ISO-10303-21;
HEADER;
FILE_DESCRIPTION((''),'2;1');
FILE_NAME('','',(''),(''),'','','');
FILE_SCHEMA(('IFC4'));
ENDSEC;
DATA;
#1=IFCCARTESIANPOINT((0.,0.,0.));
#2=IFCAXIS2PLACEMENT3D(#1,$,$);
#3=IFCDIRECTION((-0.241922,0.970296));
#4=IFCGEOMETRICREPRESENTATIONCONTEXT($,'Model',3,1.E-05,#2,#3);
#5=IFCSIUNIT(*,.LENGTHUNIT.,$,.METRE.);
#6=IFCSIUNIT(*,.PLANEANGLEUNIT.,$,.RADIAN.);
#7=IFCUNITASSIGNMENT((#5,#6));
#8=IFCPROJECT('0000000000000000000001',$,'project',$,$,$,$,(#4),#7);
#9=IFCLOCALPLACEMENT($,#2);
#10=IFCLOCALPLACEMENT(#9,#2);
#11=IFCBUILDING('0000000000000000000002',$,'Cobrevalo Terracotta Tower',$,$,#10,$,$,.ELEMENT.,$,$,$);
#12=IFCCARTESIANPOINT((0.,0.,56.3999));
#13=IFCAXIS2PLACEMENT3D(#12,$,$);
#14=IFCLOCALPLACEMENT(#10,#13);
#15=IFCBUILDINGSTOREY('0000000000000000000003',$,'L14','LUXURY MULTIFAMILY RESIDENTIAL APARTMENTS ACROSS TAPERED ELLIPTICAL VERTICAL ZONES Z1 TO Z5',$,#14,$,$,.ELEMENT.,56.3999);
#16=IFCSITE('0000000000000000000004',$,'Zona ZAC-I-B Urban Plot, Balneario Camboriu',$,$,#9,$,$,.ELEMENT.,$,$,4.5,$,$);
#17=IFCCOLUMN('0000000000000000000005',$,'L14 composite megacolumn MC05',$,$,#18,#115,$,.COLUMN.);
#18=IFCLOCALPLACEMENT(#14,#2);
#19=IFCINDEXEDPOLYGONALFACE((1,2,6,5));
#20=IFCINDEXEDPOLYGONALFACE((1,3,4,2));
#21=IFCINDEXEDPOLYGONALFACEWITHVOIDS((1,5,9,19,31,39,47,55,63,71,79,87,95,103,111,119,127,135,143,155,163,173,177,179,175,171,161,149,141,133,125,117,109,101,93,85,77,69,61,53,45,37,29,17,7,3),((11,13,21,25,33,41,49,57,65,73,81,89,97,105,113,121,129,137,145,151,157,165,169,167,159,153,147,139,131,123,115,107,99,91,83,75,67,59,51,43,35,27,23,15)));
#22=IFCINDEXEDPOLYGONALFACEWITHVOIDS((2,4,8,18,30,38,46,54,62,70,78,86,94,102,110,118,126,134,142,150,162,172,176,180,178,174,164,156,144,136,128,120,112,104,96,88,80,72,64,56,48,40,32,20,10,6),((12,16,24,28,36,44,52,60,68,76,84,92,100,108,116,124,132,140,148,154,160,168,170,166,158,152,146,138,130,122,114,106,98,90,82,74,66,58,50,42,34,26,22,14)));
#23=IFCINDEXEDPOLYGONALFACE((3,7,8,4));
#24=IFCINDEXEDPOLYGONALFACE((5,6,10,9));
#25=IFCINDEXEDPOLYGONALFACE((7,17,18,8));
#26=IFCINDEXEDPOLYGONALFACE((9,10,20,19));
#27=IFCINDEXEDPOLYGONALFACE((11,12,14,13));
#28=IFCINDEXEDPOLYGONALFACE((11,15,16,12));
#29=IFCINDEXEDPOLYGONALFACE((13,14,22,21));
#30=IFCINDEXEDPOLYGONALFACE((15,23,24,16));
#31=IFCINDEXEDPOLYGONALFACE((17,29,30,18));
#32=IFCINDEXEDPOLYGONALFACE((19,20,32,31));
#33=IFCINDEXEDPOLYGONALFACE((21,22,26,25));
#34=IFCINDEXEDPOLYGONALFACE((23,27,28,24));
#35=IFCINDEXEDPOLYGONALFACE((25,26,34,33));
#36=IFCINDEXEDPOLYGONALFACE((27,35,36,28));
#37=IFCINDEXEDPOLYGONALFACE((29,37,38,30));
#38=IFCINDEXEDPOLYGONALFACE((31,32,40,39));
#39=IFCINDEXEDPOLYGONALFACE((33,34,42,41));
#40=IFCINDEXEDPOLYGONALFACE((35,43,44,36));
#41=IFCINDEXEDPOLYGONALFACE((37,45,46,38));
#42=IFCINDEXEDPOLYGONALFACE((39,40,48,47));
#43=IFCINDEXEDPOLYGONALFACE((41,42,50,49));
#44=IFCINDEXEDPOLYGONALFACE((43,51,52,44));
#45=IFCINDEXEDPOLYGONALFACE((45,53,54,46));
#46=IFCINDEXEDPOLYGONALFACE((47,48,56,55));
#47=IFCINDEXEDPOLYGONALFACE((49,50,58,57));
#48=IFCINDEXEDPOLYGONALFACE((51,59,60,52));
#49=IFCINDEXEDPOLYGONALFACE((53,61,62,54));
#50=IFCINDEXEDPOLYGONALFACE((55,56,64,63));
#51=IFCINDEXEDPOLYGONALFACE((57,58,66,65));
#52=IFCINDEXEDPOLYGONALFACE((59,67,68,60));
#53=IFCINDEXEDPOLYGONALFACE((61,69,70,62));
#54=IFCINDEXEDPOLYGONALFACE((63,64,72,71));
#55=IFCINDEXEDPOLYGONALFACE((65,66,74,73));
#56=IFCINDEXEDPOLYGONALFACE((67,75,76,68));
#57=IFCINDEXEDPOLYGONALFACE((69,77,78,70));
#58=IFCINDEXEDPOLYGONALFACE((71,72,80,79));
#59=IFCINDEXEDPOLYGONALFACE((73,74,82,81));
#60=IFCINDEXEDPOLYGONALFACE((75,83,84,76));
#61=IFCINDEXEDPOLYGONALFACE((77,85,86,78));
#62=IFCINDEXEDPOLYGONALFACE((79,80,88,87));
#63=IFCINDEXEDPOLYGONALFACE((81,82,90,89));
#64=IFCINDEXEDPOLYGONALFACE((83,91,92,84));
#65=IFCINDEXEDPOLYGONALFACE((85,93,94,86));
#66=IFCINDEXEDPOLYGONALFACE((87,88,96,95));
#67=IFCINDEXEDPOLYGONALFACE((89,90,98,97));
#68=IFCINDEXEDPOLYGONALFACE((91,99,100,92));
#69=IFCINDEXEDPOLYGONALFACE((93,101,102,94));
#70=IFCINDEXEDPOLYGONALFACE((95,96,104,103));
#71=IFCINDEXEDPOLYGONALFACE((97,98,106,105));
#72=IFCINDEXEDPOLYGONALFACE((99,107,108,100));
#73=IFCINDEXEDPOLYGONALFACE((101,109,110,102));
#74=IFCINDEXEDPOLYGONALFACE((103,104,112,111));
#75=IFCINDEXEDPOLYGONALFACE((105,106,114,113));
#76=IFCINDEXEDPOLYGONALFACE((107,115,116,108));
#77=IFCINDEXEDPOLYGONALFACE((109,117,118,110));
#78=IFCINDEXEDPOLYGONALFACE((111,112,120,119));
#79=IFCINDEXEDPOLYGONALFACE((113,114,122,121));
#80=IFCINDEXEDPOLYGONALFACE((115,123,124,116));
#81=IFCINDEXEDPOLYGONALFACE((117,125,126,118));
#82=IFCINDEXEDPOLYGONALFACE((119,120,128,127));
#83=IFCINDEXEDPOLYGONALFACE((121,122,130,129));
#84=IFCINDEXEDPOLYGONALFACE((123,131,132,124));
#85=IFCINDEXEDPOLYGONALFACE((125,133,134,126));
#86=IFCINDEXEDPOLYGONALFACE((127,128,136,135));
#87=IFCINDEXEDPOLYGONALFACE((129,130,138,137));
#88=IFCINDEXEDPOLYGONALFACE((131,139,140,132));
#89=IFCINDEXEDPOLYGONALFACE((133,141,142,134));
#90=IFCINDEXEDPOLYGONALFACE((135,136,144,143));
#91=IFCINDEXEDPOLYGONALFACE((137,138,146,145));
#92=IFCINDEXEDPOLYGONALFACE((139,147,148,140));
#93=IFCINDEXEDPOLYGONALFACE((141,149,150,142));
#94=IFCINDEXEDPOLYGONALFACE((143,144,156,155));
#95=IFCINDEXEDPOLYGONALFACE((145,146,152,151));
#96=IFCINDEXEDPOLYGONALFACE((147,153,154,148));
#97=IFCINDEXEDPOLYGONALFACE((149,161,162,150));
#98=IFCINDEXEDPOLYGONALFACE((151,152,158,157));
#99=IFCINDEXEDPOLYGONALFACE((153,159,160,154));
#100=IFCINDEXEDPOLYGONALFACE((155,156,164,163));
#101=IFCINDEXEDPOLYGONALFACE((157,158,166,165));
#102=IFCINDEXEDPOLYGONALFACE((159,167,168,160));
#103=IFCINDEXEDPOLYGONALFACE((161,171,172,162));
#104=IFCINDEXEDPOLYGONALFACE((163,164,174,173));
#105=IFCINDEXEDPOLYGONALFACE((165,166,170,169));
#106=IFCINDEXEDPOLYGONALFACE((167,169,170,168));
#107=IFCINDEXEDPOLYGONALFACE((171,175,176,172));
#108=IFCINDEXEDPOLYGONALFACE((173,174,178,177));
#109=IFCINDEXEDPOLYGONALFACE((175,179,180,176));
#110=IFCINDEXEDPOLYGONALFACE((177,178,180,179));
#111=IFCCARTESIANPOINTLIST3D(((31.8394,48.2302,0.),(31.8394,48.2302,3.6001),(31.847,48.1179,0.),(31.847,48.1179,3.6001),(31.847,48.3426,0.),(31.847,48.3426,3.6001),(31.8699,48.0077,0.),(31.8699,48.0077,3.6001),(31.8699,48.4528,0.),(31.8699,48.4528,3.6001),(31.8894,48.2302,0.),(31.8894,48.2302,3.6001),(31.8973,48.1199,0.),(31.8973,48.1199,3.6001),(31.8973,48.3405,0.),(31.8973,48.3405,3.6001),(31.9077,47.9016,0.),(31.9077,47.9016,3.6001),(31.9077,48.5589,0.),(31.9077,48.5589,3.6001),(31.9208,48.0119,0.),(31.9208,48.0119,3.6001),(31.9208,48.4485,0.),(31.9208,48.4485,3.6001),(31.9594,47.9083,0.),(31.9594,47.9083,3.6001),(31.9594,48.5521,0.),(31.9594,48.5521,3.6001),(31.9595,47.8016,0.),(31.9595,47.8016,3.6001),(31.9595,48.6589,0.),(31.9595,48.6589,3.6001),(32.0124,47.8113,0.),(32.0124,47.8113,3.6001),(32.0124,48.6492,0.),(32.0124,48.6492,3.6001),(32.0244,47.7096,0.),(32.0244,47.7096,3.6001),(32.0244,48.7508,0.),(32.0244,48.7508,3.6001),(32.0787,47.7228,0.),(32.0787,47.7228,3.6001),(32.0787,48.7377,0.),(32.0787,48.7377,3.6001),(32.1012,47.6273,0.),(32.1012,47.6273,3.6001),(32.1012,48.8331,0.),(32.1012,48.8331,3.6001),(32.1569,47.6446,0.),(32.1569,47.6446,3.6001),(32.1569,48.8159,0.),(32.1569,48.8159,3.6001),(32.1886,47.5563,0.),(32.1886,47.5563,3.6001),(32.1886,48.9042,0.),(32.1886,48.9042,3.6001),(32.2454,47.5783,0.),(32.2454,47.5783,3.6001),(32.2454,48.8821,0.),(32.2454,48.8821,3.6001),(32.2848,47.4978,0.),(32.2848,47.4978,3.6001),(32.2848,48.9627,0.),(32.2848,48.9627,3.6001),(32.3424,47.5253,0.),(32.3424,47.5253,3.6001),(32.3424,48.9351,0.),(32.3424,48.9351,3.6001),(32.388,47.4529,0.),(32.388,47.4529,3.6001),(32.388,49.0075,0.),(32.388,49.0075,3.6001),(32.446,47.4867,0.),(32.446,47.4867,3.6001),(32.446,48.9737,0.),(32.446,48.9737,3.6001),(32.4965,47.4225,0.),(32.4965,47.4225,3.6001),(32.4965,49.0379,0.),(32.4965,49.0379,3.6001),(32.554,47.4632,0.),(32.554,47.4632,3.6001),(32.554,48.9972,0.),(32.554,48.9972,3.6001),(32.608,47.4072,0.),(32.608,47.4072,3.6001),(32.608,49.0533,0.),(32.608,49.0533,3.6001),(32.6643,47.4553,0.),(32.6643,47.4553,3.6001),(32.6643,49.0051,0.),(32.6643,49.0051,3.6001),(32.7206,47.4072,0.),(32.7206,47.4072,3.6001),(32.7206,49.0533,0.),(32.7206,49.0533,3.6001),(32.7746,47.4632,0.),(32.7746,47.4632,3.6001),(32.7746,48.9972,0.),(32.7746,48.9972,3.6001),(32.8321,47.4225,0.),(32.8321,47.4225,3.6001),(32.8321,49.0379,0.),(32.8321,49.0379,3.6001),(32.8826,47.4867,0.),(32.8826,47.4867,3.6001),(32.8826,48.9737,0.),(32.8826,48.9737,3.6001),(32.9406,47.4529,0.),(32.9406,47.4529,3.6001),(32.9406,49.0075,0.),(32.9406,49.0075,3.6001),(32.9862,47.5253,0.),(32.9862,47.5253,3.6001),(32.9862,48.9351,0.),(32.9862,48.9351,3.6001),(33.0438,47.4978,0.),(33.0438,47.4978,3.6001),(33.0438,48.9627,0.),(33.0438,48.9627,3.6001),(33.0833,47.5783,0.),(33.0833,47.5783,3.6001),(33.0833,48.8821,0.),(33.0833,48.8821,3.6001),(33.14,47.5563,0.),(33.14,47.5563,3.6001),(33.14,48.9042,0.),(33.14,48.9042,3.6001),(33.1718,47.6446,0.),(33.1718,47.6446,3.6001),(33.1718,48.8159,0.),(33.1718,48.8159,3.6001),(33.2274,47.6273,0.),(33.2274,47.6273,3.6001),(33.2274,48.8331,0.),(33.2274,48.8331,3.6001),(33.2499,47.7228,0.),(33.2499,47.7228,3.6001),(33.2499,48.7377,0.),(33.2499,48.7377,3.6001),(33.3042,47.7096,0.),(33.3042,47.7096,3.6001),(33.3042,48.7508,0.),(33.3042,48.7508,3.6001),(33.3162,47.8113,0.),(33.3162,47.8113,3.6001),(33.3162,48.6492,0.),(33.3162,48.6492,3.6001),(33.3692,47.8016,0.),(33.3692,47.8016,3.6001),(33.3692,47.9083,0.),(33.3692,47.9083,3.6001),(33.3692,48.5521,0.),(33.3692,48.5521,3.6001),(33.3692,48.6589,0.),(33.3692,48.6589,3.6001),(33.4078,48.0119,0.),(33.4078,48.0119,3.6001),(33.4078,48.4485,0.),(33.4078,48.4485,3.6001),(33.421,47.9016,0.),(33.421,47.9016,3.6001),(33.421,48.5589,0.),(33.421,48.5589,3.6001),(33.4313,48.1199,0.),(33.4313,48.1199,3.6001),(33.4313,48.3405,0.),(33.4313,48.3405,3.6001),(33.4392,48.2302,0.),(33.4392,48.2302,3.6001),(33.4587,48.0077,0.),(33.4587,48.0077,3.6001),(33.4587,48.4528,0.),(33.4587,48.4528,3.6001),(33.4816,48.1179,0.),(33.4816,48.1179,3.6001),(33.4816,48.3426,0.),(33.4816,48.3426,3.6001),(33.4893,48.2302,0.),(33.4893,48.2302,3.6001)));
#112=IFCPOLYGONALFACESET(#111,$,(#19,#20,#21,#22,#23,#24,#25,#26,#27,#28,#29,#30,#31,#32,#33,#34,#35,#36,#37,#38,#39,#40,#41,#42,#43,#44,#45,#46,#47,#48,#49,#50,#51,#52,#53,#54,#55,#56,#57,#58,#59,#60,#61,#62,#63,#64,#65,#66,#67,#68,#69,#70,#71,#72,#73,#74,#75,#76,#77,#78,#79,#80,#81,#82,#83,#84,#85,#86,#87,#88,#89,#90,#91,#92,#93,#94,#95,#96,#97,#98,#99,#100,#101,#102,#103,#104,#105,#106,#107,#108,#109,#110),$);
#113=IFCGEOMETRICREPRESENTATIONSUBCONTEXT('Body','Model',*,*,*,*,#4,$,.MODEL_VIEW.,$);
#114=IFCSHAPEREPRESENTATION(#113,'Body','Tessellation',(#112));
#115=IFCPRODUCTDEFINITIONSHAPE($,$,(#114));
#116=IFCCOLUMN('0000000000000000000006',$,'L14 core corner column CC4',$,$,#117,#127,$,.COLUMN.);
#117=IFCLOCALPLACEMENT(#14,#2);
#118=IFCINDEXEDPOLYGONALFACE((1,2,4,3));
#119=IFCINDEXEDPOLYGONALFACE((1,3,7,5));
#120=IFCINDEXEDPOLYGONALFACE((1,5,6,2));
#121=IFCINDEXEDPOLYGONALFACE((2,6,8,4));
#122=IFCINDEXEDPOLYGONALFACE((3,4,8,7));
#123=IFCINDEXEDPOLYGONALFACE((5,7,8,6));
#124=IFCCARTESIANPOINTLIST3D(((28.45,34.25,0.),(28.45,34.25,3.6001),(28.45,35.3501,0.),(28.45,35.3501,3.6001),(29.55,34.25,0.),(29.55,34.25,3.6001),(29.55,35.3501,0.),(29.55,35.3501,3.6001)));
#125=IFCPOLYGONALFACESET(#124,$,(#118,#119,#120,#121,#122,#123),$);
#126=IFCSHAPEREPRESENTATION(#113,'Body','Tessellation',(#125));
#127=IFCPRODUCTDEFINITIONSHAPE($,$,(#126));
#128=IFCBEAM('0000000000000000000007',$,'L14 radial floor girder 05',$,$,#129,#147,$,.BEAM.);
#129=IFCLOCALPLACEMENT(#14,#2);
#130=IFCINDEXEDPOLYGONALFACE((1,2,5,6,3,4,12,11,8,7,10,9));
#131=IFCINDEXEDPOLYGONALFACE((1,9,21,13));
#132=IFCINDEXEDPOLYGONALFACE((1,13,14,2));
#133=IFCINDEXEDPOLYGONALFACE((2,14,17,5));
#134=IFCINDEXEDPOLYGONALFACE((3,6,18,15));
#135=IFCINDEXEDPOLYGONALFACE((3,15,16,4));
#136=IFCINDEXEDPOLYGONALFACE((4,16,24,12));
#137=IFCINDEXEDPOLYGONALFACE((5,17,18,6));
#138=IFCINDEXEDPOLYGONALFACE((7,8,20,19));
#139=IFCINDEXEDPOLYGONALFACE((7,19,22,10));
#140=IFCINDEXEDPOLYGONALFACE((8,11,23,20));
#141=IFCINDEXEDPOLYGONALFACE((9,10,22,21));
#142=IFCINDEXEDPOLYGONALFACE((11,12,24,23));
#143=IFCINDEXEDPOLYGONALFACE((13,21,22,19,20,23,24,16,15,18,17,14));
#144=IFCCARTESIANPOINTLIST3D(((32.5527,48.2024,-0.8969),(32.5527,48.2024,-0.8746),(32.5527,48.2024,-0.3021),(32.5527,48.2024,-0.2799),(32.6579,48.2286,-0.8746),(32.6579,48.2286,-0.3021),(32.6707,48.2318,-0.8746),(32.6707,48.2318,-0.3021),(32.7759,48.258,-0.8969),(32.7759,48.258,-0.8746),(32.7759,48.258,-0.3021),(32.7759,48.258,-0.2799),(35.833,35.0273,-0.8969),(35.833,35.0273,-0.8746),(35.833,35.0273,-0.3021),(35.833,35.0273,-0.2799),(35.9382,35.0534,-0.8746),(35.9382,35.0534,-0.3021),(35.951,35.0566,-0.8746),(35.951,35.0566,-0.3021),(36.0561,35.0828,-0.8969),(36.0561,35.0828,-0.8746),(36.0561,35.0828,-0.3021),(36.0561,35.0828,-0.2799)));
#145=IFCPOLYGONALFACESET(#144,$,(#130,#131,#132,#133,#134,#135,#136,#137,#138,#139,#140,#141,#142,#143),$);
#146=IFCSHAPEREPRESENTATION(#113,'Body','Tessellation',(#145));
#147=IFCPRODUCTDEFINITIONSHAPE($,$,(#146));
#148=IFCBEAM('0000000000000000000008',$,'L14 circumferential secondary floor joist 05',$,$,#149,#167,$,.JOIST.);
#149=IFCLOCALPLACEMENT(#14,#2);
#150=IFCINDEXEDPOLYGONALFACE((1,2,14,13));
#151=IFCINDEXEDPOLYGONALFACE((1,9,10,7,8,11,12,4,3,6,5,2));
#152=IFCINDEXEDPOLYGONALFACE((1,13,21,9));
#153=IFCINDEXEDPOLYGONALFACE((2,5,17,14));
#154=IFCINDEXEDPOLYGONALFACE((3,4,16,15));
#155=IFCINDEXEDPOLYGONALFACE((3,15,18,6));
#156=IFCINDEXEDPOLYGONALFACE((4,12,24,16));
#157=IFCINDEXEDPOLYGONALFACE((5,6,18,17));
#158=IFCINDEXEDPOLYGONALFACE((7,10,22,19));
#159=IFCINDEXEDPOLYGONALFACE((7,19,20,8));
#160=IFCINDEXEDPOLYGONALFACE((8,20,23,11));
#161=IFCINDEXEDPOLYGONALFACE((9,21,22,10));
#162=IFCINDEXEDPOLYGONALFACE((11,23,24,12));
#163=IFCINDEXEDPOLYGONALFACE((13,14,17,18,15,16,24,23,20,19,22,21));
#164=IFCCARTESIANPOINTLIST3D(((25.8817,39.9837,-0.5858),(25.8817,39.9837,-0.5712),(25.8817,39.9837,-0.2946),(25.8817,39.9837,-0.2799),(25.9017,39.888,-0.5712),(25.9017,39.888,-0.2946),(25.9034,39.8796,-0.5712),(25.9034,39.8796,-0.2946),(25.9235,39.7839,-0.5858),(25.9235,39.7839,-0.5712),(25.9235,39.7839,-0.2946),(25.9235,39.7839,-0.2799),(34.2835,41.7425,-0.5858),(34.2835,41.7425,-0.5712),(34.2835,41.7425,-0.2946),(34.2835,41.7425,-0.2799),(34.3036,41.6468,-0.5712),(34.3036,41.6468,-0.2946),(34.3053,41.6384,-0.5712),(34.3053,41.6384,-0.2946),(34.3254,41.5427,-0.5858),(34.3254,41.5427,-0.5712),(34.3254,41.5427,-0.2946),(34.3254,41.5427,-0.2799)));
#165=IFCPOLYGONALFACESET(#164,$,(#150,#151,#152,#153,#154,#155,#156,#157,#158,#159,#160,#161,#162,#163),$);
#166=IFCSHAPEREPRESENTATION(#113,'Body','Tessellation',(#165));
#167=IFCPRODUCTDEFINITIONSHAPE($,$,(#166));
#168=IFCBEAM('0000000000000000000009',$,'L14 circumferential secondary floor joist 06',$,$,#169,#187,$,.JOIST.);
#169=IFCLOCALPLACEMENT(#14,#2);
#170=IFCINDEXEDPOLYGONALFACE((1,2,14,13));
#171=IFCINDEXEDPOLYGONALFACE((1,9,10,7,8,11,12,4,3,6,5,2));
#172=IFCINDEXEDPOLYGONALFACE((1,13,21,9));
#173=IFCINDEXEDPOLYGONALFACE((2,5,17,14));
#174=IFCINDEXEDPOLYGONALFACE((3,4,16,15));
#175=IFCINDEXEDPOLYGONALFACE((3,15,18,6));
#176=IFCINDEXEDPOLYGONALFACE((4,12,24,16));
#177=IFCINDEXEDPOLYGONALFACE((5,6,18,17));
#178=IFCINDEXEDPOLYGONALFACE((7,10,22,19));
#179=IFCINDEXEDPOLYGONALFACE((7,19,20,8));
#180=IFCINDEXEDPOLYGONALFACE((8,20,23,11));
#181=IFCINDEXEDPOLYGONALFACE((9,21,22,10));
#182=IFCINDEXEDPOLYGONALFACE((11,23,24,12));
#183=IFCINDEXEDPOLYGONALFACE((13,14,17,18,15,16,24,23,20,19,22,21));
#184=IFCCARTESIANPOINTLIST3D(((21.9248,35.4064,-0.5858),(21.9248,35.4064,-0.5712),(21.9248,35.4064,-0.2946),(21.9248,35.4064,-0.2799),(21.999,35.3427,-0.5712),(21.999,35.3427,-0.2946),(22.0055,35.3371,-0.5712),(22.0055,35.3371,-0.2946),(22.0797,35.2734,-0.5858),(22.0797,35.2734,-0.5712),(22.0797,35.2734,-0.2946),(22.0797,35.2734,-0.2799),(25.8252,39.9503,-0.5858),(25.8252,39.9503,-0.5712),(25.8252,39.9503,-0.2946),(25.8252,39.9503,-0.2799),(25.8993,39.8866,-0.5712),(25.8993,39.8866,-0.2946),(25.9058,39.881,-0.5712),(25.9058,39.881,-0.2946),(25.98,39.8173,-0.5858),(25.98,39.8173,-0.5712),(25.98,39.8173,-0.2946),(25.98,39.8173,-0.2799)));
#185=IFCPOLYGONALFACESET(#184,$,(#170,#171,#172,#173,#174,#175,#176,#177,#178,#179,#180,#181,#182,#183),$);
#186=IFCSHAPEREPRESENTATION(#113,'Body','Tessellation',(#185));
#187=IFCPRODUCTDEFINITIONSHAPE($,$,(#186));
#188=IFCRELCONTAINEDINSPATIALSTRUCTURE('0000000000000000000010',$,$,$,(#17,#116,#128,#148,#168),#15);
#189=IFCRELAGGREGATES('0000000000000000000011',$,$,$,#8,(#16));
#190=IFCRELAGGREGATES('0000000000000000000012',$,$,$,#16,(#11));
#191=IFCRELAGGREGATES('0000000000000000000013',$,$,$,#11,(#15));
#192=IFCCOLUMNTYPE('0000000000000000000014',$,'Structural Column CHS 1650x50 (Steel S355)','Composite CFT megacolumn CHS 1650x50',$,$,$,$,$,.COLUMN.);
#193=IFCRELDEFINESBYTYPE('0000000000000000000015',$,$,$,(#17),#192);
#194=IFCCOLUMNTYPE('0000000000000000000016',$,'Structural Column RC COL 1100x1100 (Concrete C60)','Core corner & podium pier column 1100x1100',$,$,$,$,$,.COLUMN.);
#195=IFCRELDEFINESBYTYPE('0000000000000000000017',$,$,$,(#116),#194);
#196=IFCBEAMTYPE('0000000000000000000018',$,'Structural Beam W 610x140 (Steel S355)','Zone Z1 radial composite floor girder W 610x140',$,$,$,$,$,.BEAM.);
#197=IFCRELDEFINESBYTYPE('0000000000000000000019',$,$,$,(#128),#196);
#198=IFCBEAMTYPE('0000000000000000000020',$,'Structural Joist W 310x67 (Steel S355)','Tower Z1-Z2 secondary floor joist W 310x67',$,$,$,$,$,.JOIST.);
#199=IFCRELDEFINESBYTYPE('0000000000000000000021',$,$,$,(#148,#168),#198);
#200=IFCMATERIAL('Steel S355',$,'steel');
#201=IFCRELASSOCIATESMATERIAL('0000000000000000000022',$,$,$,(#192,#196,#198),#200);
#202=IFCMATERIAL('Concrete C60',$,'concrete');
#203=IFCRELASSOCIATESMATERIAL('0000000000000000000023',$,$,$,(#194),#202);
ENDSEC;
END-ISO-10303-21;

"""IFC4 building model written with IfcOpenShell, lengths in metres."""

from ifc_helpers import new_model, si_unit, direction, frame, origin, origin_2d, place, context, subcontext, project, spatial, rectangle, hollow_circle, i_section, extrude, material, material_profile, profile_set, type_object, element, save


model = new_model("IFC4")

# Units and contexts
model_context = context("Model", 3, precision=1e-05, world=origin(), true_north=direction((-0.241922, 0.970296)))
body_context = subcontext(model_context, "Body", "Model", "MODEL_VIEW")
ifc_project = project(units=[si_unit("LENGTHUNIT", "METRE"), si_unit("PLANEANGLEUNIT", "RADIAN")], contexts=[model_context])

# Site, building, storey
site_placement = place(None, origin())
site = spatial("IfcSite", under=ifc_project, at=site_placement, Name="Zona ZAC-I-B Urban Plot, Balneario Camboriu", CompositionType="ELEMENT", RefElevation=4.5)
building_placement = place(site_placement, origin())
building = spatial("IfcBuilding", under=site, at=building_placement, Name="Cobrevalo Terracotta Tower", CompositionType="ELEMENT")
storey_placement = place(building_placement, frame((0.0, 0.0, 56.3999)))
storey = spatial("IfcBuildingStorey", under=building, at=storey_placement, Name="L14", Description="LUXURY MULTIFAMILY RESIDENTIAL APARTMENTS ACROSS TAPERED ELLIPTICAL VERTICAL ZONES Z1 TO Z5", CompositionType="ELEMENT", Elevation=56.3999)

# Columns
ifc_material_1 = material(Name="Steel S355", Category="steel")
ifc_material_profile_1 = material_profile(ifc_material_1, hollow_circle(Radius=0.825, WallThickness=0.05, at=origin_2d()), Name="CHS 1650x50")
ifc_profile_set_1 = profile_set([ifc_material_profile_1], Name="Steel S355")
column_type_1 = type_object("IfcColumnType", Name="Structural Column CHS 1650x50 (Steel S355)", Description="Composite CFT megacolumn CHS 1650x50", PredefinedType="COLUMN", material=ifc_profile_set_1)
column_1_placement = place(storey_placement, frame((32.6643, 48.2302, 0.0), z_axis=(0.0, 0.0, 1.0), x_axis=(1.0, 0.0, 0.0)))
element("IfcColumn", 1, at=column_1_placement, inside=storey, type_object=column_type_1, Name="L14 composite megacolumn MC05", PredefinedType="COLUMN", context=body_context, shape_type="SweptSolid", body=[
    extrude(hollow_circle(Radius=0.825, WallThickness=0.05, at=origin_2d()), origin(), (0.0, 0.0, 1.0), 3.6001),
])
ifc_material_2 = material(Name="Concrete C60", Category="concrete")
ifc_material_profile_2 = material_profile(ifc_material_2, rectangle(XDim=1.1001, YDim=1.1001, at=origin_2d()), Name="RC COL 1100x1100")
ifc_profile_set_2 = profile_set([ifc_material_profile_2], Name="Concrete C60")
column_type_2 = type_object("IfcColumnType", Name="Structural Column RC COL 1100x1100 (Concrete C60)", Description="Core corner & podium pier column 1100x1100", PredefinedType="COLUMN", material=ifc_profile_set_2)
column_2_placement = place(storey_placement, frame((29.0, 34.8, 0.0), z_axis=(0.0, 0.0, 1.0), x_axis=(1.0, 0.0, 0.0)))
element("IfcColumn", 2, at=column_2_placement, inside=storey, type_object=column_type_2, Name="L14 core corner column CC4", PredefinedType="COLUMN", context=body_context, shape_type="SweptSolid", body=[
    extrude(rectangle(XDim=1.1001, YDim=1.1001, at=origin_2d()), origin(), (0.0, 0.0, 1.0), 3.6001),
])

# Beams
ifc_material_profile_3 = material_profile(ifc_material_1, i_section(OverallWidth=0.23, OverallDepth=0.6169, WebThickness=0.0132, FlangeThickness=0.0222, at=origin_2d()), Name="W 610x140")
ifc_profile_set_3 = profile_set([ifc_material_profile_3], Name="Steel S355")
beam_type_1 = type_object("IfcBeamType", Name="Structural Beam W 610x140 (Steel S355)", Description="Zone Z1 radial composite floor girder W 610x140", PredefinedType="BEAM", material=ifc_profile_set_3)
beam_1_placement = place(storey_placement, frame((32.6643, 48.2302, -0.5884), z_axis=(0.241596, -0.970377, 0.0), x_axis=(0.970377, 0.241596, 0.0)))
element("IfcBeam", 3, at=beam_1_placement, inside=storey, type_object=beam_type_1, Name="L14 radial floor girder 05", PredefinedType="BEAM", context=body_context, shape_type="SweptSolid", body=[
    extrude(i_section(OverallWidth=0.23, OverallDepth=0.6169, WebThickness=0.0132, FlangeThickness=0.0222, at=origin_2d()), origin(), (0.0, 0.0, 1.0), 13.5774),
])
ifc_material_profile_4 = material_profile(ifc_material_1, i_section(OverallWidth=0.2041, OverallDepth=0.3059, WebThickness=0.0085, FlangeThickness=0.0146, at=origin_2d()), Name="W 310x67")
ifc_profile_set_4 = profile_set([ifc_material_profile_4], Name="Steel S355")
beam_type_2 = type_object("IfcBeamType", Name="Structural Joist W 310x67 (Steel S355)", Description="Tower Z1-Z2 secondary floor joist W 310x67", PredefinedType="JOIST", material=ifc_profile_set_4)
beam_2_placement = place(storey_placement, frame((34.3044, 41.6426, -0.4329), z_axis=(-0.978785, -0.204892, 0.0), x_axis=(0.204892, -0.978785, 0.0)))
element("IfcBeam", 4, at=beam_2_placement, inside=storey, type_object=beam_type_2, Name="L14 circumferential secondary floor joist 05", PredefinedType="JOIST", context=body_context, shape_type="SweptSolid", body=[
    extrude(i_section(OverallWidth=0.2041, OverallDepth=0.3059, WebThickness=0.0085, FlangeThickness=0.0146, at=origin_2d()), origin(), (0.0, 0.0, 1.0), 8.584),
])
beam_3_placement = place(storey_placement, frame((25.9026, 39.8838, -0.4329), z_axis=(-0.651328, -0.758796, 0.0), x_axis=(0.758796, -0.651328, 0.0)))
element("IfcBeam", 5, at=beam_3_placement, inside=storey, type_object=beam_type_2, Name="L14 circumferential secondary floor joist 06", PredefinedType="JOIST", context=body_context, shape_type="SweptSolid", body=[
    extrude(i_section(OverallWidth=0.2041, OverallDepth=0.3059, WebThickness=0.0085, FlangeThickness=0.0146, at=origin_2d()), origin(), (0.0, 0.0, 1.0), 5.9883),
])

save(model, "model.ifc")
